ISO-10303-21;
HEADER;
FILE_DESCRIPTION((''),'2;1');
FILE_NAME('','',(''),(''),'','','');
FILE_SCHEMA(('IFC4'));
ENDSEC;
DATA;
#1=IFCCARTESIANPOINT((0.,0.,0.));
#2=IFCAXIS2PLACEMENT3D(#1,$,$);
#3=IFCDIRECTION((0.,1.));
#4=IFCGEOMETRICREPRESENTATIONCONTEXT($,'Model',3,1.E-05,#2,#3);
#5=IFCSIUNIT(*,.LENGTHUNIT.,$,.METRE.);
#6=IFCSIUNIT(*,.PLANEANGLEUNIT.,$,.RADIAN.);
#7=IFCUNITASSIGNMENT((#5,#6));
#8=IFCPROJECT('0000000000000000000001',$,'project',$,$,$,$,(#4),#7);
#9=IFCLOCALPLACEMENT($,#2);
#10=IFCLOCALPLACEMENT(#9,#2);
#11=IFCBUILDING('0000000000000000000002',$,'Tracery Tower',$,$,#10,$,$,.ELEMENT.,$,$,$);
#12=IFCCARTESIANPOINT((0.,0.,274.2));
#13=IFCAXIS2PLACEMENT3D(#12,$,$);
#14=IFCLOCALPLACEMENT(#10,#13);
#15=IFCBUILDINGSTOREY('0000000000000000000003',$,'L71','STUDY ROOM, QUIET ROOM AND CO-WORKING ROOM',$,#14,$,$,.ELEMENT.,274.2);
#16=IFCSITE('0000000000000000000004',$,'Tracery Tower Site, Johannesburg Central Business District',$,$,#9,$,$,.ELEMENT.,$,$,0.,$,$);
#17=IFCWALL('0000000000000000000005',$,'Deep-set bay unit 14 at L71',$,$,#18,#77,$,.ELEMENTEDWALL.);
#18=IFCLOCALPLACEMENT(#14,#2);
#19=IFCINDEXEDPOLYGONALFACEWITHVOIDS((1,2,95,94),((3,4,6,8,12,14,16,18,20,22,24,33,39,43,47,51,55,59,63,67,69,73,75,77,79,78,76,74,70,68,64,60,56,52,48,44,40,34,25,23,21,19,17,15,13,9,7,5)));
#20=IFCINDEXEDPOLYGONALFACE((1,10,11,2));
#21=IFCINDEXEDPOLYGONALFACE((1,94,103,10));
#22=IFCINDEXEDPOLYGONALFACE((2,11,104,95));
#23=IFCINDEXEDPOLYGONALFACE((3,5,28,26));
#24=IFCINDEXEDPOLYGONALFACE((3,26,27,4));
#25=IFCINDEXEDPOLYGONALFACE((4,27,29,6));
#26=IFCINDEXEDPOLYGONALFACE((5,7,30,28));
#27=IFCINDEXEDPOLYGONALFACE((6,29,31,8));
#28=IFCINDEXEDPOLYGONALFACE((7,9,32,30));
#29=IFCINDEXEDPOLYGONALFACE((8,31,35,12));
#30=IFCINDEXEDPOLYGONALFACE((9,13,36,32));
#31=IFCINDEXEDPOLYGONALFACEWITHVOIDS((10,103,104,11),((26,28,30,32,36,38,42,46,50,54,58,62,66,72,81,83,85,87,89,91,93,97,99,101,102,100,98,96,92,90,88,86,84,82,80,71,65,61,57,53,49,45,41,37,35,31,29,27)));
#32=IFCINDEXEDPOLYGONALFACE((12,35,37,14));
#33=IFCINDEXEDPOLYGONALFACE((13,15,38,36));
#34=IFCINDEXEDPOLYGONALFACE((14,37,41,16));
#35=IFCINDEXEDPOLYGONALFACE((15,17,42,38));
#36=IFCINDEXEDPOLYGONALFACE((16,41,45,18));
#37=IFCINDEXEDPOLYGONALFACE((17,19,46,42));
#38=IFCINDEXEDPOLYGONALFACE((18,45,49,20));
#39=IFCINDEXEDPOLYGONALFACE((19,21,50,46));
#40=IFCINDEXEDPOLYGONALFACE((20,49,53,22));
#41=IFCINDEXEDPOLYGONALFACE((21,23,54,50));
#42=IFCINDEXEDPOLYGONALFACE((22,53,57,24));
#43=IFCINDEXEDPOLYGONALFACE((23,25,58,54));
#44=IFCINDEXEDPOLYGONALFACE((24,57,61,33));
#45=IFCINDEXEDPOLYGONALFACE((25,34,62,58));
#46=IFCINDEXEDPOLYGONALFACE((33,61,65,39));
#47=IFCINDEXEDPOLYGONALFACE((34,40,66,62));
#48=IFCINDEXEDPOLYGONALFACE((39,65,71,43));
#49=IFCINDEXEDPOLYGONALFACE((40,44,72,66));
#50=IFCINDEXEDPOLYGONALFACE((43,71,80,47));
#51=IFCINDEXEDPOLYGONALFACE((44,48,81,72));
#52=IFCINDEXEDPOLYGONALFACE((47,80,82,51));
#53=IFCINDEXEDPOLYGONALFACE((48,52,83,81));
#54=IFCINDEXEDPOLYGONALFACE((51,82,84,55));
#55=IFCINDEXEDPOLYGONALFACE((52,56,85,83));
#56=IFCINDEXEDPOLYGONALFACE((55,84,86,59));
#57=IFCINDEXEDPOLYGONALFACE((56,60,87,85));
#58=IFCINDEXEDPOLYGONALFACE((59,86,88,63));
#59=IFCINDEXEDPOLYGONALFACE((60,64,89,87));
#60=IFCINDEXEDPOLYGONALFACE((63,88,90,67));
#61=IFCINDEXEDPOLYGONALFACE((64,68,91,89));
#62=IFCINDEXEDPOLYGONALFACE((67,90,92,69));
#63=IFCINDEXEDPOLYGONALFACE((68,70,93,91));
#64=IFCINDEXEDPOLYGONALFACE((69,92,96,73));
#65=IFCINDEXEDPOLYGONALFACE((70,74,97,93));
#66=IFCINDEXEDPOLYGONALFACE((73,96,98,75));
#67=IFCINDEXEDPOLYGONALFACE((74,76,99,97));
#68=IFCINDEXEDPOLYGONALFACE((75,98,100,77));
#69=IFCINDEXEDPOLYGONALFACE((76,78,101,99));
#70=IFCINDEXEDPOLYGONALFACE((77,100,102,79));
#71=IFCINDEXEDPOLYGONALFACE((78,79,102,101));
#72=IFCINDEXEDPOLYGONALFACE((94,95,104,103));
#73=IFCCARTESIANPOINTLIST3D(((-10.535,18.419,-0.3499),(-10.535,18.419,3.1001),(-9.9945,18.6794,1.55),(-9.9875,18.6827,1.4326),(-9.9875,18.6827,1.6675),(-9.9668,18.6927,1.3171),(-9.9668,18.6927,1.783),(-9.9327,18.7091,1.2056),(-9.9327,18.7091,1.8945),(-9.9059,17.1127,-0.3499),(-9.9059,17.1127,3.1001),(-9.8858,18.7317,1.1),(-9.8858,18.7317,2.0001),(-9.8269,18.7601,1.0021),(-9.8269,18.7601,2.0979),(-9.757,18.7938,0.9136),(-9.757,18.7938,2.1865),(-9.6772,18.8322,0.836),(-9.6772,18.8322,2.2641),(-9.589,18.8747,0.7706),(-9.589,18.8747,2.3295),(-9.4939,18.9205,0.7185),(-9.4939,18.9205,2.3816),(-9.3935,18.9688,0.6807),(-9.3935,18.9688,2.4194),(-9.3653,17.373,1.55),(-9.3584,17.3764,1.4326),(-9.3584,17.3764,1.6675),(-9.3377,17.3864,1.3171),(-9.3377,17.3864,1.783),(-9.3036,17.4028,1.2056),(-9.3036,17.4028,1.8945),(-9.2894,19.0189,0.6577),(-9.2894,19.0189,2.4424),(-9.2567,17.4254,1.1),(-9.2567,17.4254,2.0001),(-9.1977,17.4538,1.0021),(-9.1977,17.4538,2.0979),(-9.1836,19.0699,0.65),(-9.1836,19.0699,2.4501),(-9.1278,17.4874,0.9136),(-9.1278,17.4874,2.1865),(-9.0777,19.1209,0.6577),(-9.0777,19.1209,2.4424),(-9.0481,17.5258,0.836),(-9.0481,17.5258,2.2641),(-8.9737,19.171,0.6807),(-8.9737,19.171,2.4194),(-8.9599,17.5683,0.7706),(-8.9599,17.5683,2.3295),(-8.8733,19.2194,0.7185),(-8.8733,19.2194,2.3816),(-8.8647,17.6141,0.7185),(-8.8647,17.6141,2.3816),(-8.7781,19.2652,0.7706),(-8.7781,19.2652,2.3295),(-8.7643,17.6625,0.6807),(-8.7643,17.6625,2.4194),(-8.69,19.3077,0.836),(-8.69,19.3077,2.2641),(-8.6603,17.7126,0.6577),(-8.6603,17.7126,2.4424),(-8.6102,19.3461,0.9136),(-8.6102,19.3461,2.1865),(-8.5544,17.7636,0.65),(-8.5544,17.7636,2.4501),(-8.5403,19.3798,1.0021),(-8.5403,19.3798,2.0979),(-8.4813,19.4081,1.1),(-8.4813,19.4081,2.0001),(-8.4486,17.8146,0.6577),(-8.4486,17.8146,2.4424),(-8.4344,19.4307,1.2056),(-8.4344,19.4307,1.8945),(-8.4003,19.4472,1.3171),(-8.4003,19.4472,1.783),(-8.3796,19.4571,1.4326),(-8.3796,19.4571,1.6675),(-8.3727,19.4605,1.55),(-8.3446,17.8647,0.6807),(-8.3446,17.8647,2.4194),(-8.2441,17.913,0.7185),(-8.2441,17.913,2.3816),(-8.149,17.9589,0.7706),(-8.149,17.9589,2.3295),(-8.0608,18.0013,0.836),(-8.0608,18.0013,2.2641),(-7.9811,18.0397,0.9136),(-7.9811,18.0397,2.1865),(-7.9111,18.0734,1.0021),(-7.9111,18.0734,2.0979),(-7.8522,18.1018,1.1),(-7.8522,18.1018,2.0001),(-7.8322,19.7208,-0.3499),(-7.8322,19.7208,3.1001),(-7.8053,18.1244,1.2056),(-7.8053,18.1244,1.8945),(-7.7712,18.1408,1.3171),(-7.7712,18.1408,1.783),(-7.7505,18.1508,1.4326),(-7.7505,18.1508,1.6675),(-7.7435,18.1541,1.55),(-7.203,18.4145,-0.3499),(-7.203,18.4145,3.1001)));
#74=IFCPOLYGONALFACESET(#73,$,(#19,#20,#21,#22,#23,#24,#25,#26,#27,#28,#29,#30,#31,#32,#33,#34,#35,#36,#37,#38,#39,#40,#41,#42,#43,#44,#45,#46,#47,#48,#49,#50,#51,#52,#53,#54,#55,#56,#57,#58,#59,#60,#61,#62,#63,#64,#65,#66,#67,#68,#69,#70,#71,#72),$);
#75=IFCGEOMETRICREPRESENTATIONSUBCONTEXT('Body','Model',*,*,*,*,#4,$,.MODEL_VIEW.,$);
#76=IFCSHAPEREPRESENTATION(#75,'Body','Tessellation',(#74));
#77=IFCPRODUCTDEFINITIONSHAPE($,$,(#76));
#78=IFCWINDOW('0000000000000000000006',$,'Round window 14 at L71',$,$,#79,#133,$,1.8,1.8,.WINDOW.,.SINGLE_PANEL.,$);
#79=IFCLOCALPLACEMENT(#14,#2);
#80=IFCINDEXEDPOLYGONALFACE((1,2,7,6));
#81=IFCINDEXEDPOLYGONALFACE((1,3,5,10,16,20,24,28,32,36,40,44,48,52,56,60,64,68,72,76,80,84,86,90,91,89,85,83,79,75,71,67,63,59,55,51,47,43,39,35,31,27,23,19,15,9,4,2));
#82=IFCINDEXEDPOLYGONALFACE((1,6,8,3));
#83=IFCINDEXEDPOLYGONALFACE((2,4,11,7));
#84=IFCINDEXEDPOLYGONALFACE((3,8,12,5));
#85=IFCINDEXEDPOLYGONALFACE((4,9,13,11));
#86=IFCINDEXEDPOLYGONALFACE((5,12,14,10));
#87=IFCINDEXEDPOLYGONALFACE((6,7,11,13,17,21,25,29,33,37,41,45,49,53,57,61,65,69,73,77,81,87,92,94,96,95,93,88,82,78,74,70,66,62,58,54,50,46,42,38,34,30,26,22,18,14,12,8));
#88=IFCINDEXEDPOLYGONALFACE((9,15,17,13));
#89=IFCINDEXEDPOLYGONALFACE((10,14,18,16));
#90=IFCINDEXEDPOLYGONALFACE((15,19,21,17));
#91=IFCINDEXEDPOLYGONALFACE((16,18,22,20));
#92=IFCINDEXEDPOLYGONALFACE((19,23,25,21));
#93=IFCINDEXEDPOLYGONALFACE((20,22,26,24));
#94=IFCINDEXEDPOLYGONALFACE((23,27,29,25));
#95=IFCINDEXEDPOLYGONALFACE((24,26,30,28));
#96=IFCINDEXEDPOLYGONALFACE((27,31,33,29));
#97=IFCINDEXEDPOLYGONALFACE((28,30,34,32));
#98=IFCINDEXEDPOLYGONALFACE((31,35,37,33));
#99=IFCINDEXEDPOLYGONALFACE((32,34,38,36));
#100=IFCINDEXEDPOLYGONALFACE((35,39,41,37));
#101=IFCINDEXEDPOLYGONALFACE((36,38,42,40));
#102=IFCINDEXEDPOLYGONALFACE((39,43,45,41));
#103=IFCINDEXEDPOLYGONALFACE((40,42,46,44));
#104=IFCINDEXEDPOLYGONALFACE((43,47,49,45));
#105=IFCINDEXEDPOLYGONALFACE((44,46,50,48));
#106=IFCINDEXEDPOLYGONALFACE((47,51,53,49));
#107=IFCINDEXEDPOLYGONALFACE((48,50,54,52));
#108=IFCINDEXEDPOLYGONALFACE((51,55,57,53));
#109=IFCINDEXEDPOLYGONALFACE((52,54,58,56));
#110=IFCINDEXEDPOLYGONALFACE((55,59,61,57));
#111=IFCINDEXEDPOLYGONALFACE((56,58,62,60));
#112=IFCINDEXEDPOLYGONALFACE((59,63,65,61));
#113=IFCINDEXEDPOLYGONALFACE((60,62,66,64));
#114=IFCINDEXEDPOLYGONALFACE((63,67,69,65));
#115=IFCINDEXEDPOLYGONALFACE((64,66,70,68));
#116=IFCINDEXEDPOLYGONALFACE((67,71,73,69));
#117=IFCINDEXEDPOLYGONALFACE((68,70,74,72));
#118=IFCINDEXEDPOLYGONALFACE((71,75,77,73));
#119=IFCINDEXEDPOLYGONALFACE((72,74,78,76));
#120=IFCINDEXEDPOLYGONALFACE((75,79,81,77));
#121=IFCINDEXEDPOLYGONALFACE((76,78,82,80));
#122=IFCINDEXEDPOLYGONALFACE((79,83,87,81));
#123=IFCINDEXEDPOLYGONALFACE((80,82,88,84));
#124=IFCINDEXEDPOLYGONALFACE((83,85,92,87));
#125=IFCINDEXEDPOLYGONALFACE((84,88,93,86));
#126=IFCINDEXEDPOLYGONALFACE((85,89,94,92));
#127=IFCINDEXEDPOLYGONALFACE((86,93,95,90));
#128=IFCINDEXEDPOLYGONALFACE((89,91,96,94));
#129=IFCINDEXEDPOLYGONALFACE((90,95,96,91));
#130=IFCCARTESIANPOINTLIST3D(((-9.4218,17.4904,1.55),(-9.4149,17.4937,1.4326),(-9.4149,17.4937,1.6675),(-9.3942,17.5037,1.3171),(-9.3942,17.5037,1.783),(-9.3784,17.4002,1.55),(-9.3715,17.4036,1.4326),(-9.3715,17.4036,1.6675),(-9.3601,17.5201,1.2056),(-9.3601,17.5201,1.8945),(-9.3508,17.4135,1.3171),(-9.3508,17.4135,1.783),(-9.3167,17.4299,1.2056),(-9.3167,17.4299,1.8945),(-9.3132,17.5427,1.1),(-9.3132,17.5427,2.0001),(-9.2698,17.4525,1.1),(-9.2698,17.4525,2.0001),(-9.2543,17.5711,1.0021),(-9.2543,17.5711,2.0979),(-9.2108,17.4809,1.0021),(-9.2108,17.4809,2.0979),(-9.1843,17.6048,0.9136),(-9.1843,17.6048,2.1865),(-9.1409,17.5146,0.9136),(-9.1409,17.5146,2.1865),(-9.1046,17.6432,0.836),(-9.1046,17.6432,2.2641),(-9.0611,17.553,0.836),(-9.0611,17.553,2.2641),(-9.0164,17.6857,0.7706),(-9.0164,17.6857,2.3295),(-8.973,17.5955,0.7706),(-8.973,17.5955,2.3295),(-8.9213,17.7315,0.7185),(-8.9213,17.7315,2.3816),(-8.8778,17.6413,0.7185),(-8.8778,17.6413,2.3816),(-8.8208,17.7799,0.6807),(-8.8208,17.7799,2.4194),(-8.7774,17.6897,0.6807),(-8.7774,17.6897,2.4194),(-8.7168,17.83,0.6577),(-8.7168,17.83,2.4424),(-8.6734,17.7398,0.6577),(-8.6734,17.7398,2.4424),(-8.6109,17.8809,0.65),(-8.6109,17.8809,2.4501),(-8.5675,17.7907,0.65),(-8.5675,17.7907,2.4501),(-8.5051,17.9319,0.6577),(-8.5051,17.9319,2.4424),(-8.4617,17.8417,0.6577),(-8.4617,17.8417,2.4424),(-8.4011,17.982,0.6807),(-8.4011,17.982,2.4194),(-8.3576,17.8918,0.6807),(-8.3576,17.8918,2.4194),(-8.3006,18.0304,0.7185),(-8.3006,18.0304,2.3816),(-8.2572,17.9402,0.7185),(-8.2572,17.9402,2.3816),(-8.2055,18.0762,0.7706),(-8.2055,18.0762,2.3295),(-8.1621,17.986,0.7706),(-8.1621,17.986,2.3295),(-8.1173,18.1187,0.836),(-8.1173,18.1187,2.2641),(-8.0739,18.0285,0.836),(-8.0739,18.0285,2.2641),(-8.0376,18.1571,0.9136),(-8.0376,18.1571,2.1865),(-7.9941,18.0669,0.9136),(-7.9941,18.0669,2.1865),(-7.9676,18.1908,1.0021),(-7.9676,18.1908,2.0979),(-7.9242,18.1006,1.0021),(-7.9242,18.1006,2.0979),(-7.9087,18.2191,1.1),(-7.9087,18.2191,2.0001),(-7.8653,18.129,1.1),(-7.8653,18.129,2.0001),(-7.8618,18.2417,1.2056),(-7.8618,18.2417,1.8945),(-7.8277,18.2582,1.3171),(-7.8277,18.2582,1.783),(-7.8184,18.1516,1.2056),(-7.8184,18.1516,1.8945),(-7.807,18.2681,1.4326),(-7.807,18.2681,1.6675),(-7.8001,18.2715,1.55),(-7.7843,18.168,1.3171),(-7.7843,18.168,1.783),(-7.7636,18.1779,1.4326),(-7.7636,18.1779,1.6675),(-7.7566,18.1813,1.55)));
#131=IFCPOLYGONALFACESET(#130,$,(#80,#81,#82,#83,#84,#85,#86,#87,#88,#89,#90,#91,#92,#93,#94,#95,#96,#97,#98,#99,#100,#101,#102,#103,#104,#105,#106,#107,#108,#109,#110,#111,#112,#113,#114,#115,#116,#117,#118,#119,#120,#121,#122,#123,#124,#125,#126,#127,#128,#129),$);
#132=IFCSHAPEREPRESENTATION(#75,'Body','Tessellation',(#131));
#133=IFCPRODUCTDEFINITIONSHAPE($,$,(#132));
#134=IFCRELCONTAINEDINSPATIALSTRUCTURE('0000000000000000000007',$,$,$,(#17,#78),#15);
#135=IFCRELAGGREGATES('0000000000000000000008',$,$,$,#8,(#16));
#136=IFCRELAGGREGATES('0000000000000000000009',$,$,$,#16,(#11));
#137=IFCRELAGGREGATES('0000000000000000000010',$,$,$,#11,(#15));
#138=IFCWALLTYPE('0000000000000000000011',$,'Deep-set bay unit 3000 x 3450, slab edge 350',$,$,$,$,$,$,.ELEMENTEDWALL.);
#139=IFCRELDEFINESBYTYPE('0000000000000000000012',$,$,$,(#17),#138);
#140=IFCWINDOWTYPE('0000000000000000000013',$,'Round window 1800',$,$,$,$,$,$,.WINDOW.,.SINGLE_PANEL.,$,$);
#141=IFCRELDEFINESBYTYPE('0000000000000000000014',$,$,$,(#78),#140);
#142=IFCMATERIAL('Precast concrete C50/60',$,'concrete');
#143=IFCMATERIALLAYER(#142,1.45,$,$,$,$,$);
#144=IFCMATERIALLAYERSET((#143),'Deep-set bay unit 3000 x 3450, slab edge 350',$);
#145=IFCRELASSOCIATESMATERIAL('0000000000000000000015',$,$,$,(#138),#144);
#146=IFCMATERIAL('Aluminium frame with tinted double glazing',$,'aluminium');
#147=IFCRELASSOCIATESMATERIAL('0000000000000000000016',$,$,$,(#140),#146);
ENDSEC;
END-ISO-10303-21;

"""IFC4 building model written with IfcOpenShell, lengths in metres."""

from ifc_helpers import new_model, si_unit, direction, frame, frame_2d, origin, origin_2d, place, context, subcontext, project, spatial, rectangle, circle, extrude, material, layer, layer_set, type_object, element, fill, save


model = new_model("IFC4")

# Units and contexts
model_context = context("Model", 3, precision=1e-05, world=origin(), true_north=direction((0.0, 1.0)))
body_context = subcontext(model_context, "Body", "Model", "MODEL_VIEW")
ifc_project = project(units=[si_unit("LENGTHUNIT", "METRE"), si_unit("PLANEANGLEUNIT", "RADIAN")], contexts=[model_context])

# Site, building, storey
site_placement = place(None, origin())
site = spatial("IfcSite", under=ifc_project, at=site_placement, Name="Tracery Tower Site, Johannesburg Central Business District", CompositionType="ELEMENT", RefElevation=0.0)
building_placement = place(site_placement, origin())
building = spatial("IfcBuilding", under=site, at=building_placement, Name="Tracery Tower", CompositionType="ELEMENT")
storey_placement = place(building_placement, frame((0.0, 0.0, 274.2)))
storey = spatial("IfcBuildingStorey", under=building, at=storey_placement, Name="L71", Description="STUDY ROOM, QUIET ROOM AND CO-WORKING ROOM", CompositionType="ELEMENT", Elevation=274.2)

# Wall, opening, window
ifc_material_1 = material(Name="Precast concrete C50/60", Category="concrete")
ifc_layer_1 = layer(ifc_material_1, 1.45)
ifc_layer_set_1 = layer_set([ifc_layer_1], Name="Deep-set bay unit 3000 x 3450, slab edge 350")
wall_type_1 = type_object("IfcWallType", Name="Deep-set bay unit 3000 x 3450, slab edge 350", PredefinedType="ELEMENTEDWALL", material=ifc_layer_set_1)
wall_1_placement = place(storey_placement, frame((-7.5176, 19.0676, -0.3499), z_axis=(0.0, 0.0, 1.0), x_axis=(-0.900953, -0.433916, 0.0)))
wall_1 = element("IfcWall", 1, at=wall_1_placement, inside=storey, type_object=wall_type_1, Name="Deep-set bay unit 14 at L71", PredefinedType="ELEMENTEDWALL", context=body_context, shape_type="SweptSolid", body=[
    extrude(rectangle(XDim=3.0, YDim=1.45, at=frame_2d((1.5, 0.0))), origin(), (0.0, 0.0, 1.0), 3.45),
])
opening_1_placement = place(wall_1_placement, frame((1.5, 0.0, 1.8999)))
opening_1 = element("IfcOpeningElement", 2, at=opening_1_placement, cuts=wall_1, PredefinedType="OPENING", context=body_context, shape_type="SweptSolid", body=[
    extrude(circle(Radius=0.9, at=origin_2d()), frame((0.0, 0.7349, 0.0), z_axis=(0.0, -1.0, 0.0), x_axis=(1.0, 0.0, 0.0)), (0.0, 0.0, 1.0), 1.47),
])
ifc_material_2 = material(Name="Aluminium frame with tinted double glazing", Category="aluminium")
window_type = type_object("IfcWindowType", Name="Round window 1800", PartitioningType="SINGLE_PANEL", PredefinedType="WINDOW", material=ifc_material_2)
window_1_placement = place(opening_1_placement, origin())
window_1 = element("IfcWindow", 3, at=window_1_placement, inside=storey, type_object=window_type, Name="Round window 14 at L71", OverallHeight=1.8, OverallWidth=1.8, PartitioningType="SINGLE_PANEL", PredefinedType="WINDOW", context=body_context, shape_type="SweptSolid", body=[
    extrude(circle(Radius=0.9, at=origin_2d()), frame((0.0, 0.6948, 0.0), z_axis=(0.0, -1.0, 0.0), x_axis=(1.0, 0.0, 0.0)), (0.0, 0.0, 1.0), 0.1001),
])
fill(opening_1, window_1)

save(model, "model.ifc")
